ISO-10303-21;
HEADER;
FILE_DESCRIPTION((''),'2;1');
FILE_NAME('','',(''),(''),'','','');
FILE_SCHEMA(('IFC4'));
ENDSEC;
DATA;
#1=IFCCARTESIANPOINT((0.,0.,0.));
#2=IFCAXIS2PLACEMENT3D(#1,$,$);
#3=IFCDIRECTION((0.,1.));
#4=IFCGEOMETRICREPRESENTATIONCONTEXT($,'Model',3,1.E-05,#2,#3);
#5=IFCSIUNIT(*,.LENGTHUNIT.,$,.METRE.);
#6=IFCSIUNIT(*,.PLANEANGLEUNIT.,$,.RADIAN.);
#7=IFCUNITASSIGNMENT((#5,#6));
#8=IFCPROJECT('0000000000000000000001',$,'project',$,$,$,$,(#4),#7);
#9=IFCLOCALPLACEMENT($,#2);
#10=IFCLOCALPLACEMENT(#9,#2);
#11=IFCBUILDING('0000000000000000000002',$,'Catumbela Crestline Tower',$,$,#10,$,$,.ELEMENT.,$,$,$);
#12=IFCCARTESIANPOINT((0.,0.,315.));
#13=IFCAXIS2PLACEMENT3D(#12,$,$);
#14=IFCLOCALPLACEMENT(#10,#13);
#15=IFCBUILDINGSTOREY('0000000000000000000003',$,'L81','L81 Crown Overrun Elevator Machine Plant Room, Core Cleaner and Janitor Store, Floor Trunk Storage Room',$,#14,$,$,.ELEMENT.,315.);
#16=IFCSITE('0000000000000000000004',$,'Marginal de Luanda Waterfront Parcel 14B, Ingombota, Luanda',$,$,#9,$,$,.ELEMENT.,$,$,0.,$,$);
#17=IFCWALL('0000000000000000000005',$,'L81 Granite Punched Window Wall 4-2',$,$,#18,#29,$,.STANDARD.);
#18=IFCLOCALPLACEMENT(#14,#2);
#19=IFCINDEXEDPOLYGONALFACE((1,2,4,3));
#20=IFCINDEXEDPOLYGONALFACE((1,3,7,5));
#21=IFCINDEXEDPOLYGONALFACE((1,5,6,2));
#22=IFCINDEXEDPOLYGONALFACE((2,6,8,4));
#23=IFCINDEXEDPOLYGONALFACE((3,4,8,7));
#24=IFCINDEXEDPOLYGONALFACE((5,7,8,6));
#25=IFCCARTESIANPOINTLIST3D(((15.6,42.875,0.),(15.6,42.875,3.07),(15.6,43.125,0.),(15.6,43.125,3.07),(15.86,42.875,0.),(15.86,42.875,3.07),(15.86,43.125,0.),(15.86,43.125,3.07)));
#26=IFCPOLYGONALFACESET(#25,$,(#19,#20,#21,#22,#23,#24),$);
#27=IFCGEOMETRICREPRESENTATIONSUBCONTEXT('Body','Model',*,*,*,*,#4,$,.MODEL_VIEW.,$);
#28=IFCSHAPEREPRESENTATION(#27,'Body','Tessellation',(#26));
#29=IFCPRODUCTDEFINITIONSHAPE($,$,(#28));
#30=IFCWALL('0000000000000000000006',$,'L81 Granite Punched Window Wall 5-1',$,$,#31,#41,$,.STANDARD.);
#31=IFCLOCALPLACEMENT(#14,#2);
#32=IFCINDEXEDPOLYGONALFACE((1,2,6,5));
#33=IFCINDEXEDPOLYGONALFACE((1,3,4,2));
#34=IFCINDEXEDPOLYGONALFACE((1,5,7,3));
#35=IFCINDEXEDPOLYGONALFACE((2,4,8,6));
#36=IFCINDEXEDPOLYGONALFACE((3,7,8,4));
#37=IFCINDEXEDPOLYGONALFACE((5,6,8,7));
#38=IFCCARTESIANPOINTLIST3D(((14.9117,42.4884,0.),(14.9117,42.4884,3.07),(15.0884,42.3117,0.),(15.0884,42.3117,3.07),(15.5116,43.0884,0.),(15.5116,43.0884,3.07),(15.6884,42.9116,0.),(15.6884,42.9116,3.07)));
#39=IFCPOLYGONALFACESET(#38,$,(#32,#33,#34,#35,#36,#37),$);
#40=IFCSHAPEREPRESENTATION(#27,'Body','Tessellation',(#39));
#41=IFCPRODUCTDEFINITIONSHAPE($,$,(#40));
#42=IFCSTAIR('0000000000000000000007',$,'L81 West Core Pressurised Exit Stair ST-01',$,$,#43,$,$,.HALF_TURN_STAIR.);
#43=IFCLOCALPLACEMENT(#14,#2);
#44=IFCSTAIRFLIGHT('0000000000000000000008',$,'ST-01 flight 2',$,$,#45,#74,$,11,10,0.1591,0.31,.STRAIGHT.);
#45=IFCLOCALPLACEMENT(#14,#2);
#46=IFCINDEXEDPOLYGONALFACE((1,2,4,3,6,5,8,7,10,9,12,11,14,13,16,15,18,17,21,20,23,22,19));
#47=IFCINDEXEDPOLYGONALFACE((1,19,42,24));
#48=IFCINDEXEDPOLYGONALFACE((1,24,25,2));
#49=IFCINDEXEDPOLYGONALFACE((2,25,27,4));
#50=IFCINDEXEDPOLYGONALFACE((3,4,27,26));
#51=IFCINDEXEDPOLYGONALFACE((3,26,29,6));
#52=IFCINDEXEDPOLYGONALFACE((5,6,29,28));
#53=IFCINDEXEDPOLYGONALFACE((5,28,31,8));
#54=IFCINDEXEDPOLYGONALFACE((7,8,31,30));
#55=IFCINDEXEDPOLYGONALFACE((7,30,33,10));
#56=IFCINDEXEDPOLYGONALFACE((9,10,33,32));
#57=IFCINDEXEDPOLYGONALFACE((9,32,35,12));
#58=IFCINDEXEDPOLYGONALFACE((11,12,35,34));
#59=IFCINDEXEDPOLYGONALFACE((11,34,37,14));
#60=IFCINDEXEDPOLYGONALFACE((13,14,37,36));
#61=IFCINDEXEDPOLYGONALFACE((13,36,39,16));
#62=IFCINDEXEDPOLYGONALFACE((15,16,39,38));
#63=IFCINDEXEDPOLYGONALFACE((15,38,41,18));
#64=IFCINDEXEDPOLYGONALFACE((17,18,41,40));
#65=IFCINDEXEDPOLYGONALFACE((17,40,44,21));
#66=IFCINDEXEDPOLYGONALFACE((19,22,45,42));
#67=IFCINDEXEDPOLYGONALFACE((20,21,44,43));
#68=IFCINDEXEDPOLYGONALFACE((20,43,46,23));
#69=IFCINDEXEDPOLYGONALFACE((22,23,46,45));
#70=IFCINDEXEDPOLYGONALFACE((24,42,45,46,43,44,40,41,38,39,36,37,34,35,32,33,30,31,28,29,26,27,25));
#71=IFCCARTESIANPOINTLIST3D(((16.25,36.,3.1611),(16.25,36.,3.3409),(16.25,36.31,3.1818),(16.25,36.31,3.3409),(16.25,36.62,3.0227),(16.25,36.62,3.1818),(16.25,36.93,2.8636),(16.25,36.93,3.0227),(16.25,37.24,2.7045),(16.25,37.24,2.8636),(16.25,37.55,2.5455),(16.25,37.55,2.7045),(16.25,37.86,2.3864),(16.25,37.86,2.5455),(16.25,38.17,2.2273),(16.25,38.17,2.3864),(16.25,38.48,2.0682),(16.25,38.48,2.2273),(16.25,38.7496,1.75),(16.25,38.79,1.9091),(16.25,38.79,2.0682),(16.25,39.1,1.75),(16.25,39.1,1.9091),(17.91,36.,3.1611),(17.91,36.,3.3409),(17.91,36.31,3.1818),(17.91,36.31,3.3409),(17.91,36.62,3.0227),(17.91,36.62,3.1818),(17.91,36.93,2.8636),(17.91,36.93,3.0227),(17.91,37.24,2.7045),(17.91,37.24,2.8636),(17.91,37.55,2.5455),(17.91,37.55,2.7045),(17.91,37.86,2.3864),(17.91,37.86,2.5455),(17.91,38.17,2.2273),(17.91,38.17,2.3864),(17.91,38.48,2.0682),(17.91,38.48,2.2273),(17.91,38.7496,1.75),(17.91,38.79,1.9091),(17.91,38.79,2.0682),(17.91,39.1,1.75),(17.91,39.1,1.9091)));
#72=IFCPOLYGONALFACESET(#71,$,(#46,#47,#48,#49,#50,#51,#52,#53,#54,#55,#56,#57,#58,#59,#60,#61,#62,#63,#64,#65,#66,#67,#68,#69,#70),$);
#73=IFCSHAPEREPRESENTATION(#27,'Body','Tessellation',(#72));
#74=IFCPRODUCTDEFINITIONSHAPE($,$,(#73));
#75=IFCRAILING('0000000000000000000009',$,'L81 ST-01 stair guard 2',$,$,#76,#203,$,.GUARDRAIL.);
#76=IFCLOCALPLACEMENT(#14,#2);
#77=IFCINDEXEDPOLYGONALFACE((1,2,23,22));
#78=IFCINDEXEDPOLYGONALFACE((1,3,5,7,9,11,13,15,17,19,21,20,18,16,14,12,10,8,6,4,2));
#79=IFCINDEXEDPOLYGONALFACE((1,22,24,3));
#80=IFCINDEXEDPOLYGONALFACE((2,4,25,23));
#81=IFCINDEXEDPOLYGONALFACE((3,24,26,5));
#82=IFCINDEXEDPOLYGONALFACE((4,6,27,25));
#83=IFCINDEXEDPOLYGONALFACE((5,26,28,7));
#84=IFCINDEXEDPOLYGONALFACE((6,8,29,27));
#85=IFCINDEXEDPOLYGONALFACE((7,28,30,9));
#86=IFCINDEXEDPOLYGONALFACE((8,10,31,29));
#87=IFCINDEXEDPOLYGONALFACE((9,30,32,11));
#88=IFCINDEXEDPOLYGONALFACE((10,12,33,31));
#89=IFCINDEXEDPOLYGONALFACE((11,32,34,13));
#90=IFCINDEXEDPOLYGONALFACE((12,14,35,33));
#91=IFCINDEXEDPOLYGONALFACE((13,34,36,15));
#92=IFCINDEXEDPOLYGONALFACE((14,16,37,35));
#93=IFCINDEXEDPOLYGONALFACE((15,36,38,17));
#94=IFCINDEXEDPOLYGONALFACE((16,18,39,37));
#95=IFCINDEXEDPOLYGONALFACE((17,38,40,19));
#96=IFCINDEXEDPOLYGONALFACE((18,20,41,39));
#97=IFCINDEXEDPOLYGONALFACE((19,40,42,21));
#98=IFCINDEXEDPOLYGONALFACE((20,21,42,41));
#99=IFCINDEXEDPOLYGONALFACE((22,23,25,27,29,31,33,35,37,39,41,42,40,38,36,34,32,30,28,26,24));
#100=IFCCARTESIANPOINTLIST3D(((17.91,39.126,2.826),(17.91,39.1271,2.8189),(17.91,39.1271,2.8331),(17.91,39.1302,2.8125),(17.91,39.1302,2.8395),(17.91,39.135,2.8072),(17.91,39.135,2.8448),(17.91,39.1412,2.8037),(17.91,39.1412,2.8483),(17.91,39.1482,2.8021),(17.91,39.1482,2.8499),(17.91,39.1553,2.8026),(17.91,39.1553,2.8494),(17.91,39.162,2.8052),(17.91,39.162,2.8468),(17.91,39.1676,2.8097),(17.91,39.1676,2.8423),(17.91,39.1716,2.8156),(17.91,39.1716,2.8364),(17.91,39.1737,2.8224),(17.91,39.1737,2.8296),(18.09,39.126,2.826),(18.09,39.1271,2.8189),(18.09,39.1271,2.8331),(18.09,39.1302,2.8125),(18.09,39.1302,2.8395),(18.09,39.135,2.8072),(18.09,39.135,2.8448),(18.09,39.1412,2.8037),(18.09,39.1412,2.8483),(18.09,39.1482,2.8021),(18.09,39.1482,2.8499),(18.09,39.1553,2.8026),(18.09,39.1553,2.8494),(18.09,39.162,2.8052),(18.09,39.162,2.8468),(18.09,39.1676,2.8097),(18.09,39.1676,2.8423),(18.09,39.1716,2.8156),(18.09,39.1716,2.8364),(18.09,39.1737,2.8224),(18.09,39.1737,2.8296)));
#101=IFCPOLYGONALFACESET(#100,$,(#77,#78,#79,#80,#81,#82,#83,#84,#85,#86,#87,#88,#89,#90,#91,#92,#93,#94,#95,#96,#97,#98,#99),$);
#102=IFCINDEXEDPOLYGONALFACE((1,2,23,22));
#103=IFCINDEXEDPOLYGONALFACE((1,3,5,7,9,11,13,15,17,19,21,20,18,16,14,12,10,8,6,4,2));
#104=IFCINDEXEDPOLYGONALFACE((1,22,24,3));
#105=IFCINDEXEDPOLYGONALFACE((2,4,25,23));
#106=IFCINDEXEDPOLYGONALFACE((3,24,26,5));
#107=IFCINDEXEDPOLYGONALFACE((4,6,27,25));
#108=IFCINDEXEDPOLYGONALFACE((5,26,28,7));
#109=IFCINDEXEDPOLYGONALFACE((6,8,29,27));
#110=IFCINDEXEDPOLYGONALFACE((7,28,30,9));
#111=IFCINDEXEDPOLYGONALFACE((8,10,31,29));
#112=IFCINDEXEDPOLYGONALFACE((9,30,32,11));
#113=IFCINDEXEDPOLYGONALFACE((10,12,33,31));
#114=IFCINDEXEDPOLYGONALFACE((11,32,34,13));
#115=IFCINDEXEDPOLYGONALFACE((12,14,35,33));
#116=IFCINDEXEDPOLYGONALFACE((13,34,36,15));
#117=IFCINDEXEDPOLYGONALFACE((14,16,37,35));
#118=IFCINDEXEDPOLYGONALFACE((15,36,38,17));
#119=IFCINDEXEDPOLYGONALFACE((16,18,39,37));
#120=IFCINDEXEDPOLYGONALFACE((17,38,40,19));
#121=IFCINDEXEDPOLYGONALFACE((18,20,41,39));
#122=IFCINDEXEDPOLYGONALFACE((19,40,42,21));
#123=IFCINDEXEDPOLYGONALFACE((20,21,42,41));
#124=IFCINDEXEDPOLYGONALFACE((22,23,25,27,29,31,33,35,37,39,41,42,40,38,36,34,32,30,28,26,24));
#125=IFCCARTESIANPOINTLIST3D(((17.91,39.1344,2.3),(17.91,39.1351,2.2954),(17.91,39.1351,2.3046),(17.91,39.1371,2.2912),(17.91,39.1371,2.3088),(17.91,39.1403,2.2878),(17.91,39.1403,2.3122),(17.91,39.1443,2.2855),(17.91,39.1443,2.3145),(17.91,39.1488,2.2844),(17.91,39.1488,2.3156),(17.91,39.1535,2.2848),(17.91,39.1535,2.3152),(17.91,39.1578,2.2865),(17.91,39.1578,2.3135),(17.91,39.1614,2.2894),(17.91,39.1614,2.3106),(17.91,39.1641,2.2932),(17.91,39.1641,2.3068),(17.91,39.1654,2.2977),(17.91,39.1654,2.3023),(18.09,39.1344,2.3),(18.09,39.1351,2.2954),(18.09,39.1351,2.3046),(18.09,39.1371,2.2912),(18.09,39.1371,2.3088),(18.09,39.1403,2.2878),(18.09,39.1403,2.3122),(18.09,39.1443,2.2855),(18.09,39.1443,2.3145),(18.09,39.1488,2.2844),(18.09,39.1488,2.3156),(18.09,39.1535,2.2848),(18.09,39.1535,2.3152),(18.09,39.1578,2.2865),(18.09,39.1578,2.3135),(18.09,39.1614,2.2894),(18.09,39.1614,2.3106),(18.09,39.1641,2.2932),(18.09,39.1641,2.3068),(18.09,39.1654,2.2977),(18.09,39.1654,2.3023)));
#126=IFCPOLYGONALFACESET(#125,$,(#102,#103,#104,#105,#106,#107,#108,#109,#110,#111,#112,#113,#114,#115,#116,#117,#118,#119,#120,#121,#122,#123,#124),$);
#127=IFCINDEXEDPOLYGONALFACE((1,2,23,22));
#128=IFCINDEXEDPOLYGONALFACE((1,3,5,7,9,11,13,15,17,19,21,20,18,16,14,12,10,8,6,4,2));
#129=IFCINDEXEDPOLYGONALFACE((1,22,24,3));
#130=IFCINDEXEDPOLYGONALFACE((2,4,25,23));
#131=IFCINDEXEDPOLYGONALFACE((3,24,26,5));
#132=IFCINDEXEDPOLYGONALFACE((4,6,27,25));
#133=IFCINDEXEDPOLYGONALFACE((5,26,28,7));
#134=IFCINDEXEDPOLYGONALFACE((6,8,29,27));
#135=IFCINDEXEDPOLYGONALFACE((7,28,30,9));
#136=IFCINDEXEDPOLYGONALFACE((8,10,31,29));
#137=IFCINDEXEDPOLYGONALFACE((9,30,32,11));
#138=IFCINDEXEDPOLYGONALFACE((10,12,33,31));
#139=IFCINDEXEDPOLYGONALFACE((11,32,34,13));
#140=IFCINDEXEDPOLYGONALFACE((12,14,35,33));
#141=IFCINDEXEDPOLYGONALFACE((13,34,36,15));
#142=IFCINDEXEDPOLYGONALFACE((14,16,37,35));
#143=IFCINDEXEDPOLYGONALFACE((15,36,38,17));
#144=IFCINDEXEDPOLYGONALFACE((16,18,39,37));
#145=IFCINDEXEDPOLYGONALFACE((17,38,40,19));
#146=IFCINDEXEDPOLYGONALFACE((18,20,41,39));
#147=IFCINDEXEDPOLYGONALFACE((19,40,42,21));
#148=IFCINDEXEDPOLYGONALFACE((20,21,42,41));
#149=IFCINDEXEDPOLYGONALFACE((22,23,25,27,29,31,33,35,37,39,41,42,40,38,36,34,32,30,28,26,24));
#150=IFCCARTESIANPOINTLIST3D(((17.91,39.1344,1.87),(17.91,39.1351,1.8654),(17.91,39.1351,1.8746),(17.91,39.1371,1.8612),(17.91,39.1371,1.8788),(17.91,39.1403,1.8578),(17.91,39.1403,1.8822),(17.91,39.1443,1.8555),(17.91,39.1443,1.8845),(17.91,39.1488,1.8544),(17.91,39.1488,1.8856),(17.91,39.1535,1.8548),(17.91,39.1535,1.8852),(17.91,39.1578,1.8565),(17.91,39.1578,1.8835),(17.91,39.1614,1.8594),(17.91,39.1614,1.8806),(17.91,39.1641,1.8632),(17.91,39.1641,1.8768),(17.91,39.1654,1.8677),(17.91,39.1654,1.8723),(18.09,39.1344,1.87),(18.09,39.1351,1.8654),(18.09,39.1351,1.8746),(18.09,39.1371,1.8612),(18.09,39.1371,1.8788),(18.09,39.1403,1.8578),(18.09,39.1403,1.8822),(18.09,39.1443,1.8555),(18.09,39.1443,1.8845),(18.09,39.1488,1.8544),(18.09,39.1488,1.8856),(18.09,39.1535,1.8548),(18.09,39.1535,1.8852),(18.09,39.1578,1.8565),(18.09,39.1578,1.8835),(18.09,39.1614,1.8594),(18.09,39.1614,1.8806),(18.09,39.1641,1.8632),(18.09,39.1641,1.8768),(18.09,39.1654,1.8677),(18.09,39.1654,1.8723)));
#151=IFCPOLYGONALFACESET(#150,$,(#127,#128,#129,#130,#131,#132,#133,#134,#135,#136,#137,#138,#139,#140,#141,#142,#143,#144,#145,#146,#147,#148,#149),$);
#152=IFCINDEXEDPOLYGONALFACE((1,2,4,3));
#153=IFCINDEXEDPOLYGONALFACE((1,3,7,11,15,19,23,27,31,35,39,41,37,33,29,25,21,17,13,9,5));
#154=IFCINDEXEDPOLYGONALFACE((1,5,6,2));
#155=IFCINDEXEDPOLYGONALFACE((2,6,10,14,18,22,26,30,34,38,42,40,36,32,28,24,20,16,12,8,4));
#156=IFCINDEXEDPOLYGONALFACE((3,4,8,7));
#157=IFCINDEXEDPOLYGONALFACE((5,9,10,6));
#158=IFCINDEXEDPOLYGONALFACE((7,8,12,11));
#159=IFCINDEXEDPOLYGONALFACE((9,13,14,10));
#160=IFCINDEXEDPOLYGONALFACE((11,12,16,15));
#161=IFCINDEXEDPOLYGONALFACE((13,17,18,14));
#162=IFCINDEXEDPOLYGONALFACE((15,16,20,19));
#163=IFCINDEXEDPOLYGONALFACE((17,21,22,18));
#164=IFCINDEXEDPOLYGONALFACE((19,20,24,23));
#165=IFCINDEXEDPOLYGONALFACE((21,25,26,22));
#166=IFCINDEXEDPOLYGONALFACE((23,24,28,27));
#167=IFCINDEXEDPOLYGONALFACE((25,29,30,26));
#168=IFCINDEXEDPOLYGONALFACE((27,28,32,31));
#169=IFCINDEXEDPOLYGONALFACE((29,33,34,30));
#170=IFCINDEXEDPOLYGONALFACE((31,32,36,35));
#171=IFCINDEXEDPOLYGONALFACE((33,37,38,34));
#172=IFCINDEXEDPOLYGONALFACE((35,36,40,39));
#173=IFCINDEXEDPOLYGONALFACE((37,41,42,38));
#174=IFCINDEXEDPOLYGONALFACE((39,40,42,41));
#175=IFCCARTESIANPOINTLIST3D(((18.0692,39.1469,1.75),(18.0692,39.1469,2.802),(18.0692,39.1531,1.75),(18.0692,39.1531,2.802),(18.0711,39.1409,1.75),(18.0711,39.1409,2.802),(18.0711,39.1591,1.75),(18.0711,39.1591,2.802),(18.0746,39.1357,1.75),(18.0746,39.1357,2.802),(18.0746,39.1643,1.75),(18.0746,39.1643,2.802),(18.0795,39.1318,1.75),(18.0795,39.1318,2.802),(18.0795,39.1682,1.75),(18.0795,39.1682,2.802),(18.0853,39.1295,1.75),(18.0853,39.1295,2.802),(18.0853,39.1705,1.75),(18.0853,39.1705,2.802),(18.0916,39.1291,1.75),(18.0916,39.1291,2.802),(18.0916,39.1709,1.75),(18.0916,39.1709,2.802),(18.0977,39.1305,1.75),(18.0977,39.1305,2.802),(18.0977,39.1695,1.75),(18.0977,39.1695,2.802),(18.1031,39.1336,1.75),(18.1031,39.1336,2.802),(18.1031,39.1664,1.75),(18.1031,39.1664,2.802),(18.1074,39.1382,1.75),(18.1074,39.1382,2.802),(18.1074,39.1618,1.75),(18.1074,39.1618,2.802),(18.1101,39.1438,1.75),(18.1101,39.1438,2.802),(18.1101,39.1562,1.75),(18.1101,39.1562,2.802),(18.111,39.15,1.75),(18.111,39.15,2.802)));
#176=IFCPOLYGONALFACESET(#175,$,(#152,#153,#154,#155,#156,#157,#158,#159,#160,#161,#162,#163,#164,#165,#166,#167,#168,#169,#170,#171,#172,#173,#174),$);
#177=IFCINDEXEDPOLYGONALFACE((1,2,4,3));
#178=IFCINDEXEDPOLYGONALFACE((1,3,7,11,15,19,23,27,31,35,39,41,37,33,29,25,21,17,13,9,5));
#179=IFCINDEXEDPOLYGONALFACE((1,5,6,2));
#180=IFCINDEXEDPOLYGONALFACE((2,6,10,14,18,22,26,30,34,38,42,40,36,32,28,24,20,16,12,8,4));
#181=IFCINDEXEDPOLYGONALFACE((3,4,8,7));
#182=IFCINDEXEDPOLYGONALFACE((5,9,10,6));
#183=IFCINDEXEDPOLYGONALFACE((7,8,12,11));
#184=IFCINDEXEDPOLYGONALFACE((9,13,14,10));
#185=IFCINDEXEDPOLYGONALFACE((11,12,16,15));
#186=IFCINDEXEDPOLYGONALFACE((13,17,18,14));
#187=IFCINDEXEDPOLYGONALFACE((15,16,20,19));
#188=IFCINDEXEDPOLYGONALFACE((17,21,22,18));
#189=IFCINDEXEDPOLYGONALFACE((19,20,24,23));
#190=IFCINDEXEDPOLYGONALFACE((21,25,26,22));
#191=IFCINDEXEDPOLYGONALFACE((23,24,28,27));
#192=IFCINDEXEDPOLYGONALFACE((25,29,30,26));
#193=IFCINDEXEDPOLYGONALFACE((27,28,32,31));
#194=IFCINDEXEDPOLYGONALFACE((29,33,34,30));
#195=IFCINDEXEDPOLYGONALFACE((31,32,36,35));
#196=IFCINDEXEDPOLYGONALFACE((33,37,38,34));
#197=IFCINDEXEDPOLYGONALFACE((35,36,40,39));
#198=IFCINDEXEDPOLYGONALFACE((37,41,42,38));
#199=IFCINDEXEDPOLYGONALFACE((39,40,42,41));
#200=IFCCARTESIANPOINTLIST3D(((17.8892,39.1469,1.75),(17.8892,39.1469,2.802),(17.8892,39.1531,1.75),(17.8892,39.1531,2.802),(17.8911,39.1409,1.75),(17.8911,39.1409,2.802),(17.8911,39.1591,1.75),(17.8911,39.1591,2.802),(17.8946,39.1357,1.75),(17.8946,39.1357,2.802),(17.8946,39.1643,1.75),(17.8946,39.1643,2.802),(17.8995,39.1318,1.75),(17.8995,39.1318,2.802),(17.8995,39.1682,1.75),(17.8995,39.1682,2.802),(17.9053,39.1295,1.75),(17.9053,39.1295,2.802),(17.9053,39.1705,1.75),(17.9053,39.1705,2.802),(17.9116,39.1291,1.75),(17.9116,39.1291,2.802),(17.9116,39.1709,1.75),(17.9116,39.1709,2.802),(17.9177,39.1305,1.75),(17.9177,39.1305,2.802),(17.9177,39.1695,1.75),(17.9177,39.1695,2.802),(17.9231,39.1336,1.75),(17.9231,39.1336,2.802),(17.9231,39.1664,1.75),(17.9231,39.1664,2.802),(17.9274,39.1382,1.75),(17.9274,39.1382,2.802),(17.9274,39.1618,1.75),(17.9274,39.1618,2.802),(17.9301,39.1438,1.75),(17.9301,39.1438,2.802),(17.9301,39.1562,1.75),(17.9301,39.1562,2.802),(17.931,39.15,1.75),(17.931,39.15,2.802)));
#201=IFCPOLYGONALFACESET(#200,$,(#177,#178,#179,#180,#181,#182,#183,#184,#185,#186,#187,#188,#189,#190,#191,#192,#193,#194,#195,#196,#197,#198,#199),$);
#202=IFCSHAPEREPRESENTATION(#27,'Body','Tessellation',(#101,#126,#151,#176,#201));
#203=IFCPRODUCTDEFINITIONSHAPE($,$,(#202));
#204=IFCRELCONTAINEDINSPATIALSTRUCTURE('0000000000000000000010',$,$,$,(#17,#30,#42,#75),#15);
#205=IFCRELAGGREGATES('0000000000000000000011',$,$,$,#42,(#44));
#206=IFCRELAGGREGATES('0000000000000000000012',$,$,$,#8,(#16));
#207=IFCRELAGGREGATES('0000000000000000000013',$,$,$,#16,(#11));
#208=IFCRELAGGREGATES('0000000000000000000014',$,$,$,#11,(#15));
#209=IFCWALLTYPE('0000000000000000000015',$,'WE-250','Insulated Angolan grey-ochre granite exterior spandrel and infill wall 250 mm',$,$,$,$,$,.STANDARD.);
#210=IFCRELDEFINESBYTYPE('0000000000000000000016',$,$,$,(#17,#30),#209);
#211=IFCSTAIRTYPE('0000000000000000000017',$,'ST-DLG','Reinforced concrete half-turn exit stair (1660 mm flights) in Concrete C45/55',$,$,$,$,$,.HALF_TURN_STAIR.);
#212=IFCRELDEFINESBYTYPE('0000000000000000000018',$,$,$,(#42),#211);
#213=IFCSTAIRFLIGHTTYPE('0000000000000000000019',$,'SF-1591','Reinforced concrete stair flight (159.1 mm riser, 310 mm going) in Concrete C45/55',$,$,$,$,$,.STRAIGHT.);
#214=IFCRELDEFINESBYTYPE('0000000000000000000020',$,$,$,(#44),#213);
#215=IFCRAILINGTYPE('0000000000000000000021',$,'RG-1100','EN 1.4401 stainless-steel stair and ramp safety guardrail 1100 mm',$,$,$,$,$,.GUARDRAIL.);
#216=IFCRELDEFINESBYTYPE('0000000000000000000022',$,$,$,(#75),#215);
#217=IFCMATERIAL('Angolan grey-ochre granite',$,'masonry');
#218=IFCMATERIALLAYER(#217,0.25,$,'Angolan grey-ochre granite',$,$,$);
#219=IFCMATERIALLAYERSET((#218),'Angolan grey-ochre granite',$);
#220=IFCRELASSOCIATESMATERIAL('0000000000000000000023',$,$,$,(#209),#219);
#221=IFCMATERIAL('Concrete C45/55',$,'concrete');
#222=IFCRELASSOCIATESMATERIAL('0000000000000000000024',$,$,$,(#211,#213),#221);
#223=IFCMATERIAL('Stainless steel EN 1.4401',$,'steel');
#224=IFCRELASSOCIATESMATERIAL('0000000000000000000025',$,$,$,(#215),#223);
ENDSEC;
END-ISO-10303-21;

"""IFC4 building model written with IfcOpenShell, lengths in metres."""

from ifc_helpers import new_model, si_unit, direction, frame, frame_2d, origin, origin_2d, place, context, subcontext, project, spatial, polyline, rectangle, circle, outline, extrude, material, layer, layer_set, type_object, element, aggregate, save


model = new_model("IFC4")

# Units and contexts
model_context = context("Model", 3, precision=1e-05, world=origin(), true_north=direction((0.0, 1.0)))
body_context = subcontext(model_context, "Body", "Model", "MODEL_VIEW")
ifc_project = project(units=[si_unit("LENGTHUNIT", "METRE"), si_unit("PLANEANGLEUNIT", "RADIAN")], contexts=[model_context])

# Site, building, storey
site_placement = place(None, origin())
site = spatial("IfcSite", under=ifc_project, at=site_placement, Name="Marginal de Luanda Waterfront Parcel 14B, Ingombota, Luanda", CompositionType="ELEMENT", RefElevation=0.0)
building_placement = place(site_placement, origin())
building = spatial("IfcBuilding", under=site, at=building_placement, Name="Catumbela Crestline Tower", CompositionType="ELEMENT")
storey_placement = place(building_placement, frame((0.0, 0.0, 315.0)))
storey = spatial("IfcBuildingStorey", under=building, at=storey_placement, Name="L81", Description="L81 Crown Overrun Elevator Machine Plant Room, Core Cleaner and Janitor Store, Floor Trunk Storage Room", CompositionType="ELEMENT", Elevation=315.0)

# Shared definitions
ifc_material_1 = material(Name="Concrete C45/55", Category="concrete")

# Walls
ifc_material_2 = material(Name="Angolan grey-ochre granite", Category="masonry")
ifc_layer_1 = layer(ifc_material_2, 0.25, Name="Angolan grey-ochre granite")
ifc_layer_set_1 = layer_set([ifc_layer_1], Name="Angolan grey-ochre granite")
wall_type_1 = type_object("IfcWallType", Name="WE-250", Description="Insulated Angolan grey-ochre granite exterior spandrel and infill wall 250 mm", PredefinedType="STANDARD", material=ifc_layer_set_1)
wall_1_placement = place(storey_placement, frame((15.86, 43.0, 0.0), z_axis=(0.0, 0.0, 1.0), x_axis=(-1.0, 0.0, 0.0)))
element("IfcWall", 1, at=wall_1_placement, inside=storey, type_object=wall_type_1, Name="L81 Granite Punched Window Wall 4-2", PredefinedType="STANDARD", context=body_context, shape_type="SweptSolid", body=[
    extrude(rectangle(XDim=0.26, YDim=0.25, at=frame_2d((0.13, 0.0))), origin(), (0.0, 0.0, 1.0), 3.07),
])
wall_2_placement = place(storey_placement, frame((15.6, 43.0, 0.0), z_axis=(0.0, 0.0, 1.0), x_axis=(-0.707107, -0.707107, 0.0)))
element("IfcWall", 2, at=wall_2_placement, inside=storey, type_object=wall_type_1, Name="L81 Granite Punched Window Wall 5-1", PredefinedType="STANDARD", context=body_context, shape_type="SweptSolid", body=[
    extrude(rectangle(XDim=0.8485, YDim=0.25, at=frame_2d((0.4242, 0.0))), origin(), (0.0, 0.0, 1.0), 3.07),
])

# Stair, stair flight
stair_type = type_object("IfcStairType", Name="ST-DLG", Description="Reinforced concrete half-turn exit stair (1660 mm flights) in Concrete C45/55", PredefinedType="HALF_TURN_STAIR", material=ifc_material_1)
stair_placement = place(storey_placement, origin())
stair = element("IfcStair", 3, at=stair_placement, inside=storey, type_object=stair_type, Name="L81 West Core Pressurised Exit Stair ST-01", PredefinedType="HALF_TURN_STAIR")
stair_flight_type = type_object("IfcStairFlightType", Name="SF-1591", Description="Reinforced concrete stair flight (159.1 mm riser, 310 mm going) in Concrete C45/55", PredefinedType="STRAIGHT", material=ifc_material_1)
stair_flight_placement = place(storey_placement, frame((17.08, 39.1, 1.75), z_axis=(0.0, 0.0, 1.0), x_axis=(0.0, -1.0, 0.0)))
stair_flight = element("IfcStairFlight", 4, at=stair_flight_placement, type_object=stair_flight_type, Name="ST-01 flight 2", NumberOfRisers=11, NumberOfTreads=10, PredefinedType="STRAIGHT", RiserHeight=0.1591, TreadLength=0.31, context=body_context, shape_type="SweptSolid", body=[
    extrude(outline(polyline([(0.0, 0.0), (0.0, 0.1591), (0.31, 0.1591), (0.31, 0.3182), (0.62, 0.3182), (0.62, 0.4773), (0.93, 0.4773), (0.93, 0.6364), (1.24, 0.6364), (1.24, 0.7955), (1.55, 0.7955), (1.55, 0.9545), (1.86, 0.9545), (1.86, 1.1136), (2.17, 1.1136), (2.17, 1.2727), (2.48, 1.2727), (2.48, 1.4318), (2.79, 1.4318), (2.79, 1.5909), (3.1, 1.5909), (3.1, 1.75), (3.1, 1.4111), (0.3504, 0.0), (0.0, 0.0)])), frame((0.0, 0.83, 0.0), z_axis=(0.0, -1.0, 0.0), x_axis=(1.0, 0.0, 0.0)), (0.0, 0.0, 1.0), 1.66),
])
aggregate(stair, [stair_flight])

# Railing
ifc_material_3 = material(Name="Stainless steel EN 1.4401", Category="steel")
railing_type_1 = type_object("IfcRailingType", Name="RG-1100", Description="EN 1.4401 stainless-steel stair and ramp safety guardrail 1100 mm", PredefinedType="GUARDRAIL", material=ifc_material_3)
railing_1_placement = place(storey_placement, frame((18.09, 39.15, 1.75)))
element("IfcRailing", 5, at=railing_1_placement, inside=storey, type_object=railing_type_1, Name="L81 ST-01 stair guard 2", PredefinedType="GUARDRAIL", context=body_context, shape_type="SweptSolid", body=[
    extrude(circle(Radius=0.024, at=origin_2d()), frame((0.0, 0.0, 1.076), z_axis=(-1.0, 0.0, 0.0), x_axis=(0.0, -1.0, 0.0)), (0.0, 0.0, 1.0), 0.18),
    extrude(circle(Radius=0.0156, at=origin_2d()), frame((0.0, 0.0, 0.55), z_axis=(-1.0, 0.0, 0.0), x_axis=(0.0, -1.0, 0.0)), (0.0, 0.0, 1.0), 0.18),
    extrude(circle(Radius=0.0156, at=origin_2d()), frame((0.0, 0.0, 0.12), z_axis=(-1.0, 0.0, 0.0), x_axis=(0.0, -1.0, 0.0)), (0.0, 0.0, 1.0), 0.18),
    extrude(circle(Radius=0.021, at=origin_2d()), origin(), (0.0, 0.0, 1.0), 1.052),
    extrude(circle(Radius=0.021, at=origin_2d()), frame((-0.18, 0.0, 0.0)), (0.0, 0.0, 1.0), 1.052),
])

save(model, "model.ifc")
